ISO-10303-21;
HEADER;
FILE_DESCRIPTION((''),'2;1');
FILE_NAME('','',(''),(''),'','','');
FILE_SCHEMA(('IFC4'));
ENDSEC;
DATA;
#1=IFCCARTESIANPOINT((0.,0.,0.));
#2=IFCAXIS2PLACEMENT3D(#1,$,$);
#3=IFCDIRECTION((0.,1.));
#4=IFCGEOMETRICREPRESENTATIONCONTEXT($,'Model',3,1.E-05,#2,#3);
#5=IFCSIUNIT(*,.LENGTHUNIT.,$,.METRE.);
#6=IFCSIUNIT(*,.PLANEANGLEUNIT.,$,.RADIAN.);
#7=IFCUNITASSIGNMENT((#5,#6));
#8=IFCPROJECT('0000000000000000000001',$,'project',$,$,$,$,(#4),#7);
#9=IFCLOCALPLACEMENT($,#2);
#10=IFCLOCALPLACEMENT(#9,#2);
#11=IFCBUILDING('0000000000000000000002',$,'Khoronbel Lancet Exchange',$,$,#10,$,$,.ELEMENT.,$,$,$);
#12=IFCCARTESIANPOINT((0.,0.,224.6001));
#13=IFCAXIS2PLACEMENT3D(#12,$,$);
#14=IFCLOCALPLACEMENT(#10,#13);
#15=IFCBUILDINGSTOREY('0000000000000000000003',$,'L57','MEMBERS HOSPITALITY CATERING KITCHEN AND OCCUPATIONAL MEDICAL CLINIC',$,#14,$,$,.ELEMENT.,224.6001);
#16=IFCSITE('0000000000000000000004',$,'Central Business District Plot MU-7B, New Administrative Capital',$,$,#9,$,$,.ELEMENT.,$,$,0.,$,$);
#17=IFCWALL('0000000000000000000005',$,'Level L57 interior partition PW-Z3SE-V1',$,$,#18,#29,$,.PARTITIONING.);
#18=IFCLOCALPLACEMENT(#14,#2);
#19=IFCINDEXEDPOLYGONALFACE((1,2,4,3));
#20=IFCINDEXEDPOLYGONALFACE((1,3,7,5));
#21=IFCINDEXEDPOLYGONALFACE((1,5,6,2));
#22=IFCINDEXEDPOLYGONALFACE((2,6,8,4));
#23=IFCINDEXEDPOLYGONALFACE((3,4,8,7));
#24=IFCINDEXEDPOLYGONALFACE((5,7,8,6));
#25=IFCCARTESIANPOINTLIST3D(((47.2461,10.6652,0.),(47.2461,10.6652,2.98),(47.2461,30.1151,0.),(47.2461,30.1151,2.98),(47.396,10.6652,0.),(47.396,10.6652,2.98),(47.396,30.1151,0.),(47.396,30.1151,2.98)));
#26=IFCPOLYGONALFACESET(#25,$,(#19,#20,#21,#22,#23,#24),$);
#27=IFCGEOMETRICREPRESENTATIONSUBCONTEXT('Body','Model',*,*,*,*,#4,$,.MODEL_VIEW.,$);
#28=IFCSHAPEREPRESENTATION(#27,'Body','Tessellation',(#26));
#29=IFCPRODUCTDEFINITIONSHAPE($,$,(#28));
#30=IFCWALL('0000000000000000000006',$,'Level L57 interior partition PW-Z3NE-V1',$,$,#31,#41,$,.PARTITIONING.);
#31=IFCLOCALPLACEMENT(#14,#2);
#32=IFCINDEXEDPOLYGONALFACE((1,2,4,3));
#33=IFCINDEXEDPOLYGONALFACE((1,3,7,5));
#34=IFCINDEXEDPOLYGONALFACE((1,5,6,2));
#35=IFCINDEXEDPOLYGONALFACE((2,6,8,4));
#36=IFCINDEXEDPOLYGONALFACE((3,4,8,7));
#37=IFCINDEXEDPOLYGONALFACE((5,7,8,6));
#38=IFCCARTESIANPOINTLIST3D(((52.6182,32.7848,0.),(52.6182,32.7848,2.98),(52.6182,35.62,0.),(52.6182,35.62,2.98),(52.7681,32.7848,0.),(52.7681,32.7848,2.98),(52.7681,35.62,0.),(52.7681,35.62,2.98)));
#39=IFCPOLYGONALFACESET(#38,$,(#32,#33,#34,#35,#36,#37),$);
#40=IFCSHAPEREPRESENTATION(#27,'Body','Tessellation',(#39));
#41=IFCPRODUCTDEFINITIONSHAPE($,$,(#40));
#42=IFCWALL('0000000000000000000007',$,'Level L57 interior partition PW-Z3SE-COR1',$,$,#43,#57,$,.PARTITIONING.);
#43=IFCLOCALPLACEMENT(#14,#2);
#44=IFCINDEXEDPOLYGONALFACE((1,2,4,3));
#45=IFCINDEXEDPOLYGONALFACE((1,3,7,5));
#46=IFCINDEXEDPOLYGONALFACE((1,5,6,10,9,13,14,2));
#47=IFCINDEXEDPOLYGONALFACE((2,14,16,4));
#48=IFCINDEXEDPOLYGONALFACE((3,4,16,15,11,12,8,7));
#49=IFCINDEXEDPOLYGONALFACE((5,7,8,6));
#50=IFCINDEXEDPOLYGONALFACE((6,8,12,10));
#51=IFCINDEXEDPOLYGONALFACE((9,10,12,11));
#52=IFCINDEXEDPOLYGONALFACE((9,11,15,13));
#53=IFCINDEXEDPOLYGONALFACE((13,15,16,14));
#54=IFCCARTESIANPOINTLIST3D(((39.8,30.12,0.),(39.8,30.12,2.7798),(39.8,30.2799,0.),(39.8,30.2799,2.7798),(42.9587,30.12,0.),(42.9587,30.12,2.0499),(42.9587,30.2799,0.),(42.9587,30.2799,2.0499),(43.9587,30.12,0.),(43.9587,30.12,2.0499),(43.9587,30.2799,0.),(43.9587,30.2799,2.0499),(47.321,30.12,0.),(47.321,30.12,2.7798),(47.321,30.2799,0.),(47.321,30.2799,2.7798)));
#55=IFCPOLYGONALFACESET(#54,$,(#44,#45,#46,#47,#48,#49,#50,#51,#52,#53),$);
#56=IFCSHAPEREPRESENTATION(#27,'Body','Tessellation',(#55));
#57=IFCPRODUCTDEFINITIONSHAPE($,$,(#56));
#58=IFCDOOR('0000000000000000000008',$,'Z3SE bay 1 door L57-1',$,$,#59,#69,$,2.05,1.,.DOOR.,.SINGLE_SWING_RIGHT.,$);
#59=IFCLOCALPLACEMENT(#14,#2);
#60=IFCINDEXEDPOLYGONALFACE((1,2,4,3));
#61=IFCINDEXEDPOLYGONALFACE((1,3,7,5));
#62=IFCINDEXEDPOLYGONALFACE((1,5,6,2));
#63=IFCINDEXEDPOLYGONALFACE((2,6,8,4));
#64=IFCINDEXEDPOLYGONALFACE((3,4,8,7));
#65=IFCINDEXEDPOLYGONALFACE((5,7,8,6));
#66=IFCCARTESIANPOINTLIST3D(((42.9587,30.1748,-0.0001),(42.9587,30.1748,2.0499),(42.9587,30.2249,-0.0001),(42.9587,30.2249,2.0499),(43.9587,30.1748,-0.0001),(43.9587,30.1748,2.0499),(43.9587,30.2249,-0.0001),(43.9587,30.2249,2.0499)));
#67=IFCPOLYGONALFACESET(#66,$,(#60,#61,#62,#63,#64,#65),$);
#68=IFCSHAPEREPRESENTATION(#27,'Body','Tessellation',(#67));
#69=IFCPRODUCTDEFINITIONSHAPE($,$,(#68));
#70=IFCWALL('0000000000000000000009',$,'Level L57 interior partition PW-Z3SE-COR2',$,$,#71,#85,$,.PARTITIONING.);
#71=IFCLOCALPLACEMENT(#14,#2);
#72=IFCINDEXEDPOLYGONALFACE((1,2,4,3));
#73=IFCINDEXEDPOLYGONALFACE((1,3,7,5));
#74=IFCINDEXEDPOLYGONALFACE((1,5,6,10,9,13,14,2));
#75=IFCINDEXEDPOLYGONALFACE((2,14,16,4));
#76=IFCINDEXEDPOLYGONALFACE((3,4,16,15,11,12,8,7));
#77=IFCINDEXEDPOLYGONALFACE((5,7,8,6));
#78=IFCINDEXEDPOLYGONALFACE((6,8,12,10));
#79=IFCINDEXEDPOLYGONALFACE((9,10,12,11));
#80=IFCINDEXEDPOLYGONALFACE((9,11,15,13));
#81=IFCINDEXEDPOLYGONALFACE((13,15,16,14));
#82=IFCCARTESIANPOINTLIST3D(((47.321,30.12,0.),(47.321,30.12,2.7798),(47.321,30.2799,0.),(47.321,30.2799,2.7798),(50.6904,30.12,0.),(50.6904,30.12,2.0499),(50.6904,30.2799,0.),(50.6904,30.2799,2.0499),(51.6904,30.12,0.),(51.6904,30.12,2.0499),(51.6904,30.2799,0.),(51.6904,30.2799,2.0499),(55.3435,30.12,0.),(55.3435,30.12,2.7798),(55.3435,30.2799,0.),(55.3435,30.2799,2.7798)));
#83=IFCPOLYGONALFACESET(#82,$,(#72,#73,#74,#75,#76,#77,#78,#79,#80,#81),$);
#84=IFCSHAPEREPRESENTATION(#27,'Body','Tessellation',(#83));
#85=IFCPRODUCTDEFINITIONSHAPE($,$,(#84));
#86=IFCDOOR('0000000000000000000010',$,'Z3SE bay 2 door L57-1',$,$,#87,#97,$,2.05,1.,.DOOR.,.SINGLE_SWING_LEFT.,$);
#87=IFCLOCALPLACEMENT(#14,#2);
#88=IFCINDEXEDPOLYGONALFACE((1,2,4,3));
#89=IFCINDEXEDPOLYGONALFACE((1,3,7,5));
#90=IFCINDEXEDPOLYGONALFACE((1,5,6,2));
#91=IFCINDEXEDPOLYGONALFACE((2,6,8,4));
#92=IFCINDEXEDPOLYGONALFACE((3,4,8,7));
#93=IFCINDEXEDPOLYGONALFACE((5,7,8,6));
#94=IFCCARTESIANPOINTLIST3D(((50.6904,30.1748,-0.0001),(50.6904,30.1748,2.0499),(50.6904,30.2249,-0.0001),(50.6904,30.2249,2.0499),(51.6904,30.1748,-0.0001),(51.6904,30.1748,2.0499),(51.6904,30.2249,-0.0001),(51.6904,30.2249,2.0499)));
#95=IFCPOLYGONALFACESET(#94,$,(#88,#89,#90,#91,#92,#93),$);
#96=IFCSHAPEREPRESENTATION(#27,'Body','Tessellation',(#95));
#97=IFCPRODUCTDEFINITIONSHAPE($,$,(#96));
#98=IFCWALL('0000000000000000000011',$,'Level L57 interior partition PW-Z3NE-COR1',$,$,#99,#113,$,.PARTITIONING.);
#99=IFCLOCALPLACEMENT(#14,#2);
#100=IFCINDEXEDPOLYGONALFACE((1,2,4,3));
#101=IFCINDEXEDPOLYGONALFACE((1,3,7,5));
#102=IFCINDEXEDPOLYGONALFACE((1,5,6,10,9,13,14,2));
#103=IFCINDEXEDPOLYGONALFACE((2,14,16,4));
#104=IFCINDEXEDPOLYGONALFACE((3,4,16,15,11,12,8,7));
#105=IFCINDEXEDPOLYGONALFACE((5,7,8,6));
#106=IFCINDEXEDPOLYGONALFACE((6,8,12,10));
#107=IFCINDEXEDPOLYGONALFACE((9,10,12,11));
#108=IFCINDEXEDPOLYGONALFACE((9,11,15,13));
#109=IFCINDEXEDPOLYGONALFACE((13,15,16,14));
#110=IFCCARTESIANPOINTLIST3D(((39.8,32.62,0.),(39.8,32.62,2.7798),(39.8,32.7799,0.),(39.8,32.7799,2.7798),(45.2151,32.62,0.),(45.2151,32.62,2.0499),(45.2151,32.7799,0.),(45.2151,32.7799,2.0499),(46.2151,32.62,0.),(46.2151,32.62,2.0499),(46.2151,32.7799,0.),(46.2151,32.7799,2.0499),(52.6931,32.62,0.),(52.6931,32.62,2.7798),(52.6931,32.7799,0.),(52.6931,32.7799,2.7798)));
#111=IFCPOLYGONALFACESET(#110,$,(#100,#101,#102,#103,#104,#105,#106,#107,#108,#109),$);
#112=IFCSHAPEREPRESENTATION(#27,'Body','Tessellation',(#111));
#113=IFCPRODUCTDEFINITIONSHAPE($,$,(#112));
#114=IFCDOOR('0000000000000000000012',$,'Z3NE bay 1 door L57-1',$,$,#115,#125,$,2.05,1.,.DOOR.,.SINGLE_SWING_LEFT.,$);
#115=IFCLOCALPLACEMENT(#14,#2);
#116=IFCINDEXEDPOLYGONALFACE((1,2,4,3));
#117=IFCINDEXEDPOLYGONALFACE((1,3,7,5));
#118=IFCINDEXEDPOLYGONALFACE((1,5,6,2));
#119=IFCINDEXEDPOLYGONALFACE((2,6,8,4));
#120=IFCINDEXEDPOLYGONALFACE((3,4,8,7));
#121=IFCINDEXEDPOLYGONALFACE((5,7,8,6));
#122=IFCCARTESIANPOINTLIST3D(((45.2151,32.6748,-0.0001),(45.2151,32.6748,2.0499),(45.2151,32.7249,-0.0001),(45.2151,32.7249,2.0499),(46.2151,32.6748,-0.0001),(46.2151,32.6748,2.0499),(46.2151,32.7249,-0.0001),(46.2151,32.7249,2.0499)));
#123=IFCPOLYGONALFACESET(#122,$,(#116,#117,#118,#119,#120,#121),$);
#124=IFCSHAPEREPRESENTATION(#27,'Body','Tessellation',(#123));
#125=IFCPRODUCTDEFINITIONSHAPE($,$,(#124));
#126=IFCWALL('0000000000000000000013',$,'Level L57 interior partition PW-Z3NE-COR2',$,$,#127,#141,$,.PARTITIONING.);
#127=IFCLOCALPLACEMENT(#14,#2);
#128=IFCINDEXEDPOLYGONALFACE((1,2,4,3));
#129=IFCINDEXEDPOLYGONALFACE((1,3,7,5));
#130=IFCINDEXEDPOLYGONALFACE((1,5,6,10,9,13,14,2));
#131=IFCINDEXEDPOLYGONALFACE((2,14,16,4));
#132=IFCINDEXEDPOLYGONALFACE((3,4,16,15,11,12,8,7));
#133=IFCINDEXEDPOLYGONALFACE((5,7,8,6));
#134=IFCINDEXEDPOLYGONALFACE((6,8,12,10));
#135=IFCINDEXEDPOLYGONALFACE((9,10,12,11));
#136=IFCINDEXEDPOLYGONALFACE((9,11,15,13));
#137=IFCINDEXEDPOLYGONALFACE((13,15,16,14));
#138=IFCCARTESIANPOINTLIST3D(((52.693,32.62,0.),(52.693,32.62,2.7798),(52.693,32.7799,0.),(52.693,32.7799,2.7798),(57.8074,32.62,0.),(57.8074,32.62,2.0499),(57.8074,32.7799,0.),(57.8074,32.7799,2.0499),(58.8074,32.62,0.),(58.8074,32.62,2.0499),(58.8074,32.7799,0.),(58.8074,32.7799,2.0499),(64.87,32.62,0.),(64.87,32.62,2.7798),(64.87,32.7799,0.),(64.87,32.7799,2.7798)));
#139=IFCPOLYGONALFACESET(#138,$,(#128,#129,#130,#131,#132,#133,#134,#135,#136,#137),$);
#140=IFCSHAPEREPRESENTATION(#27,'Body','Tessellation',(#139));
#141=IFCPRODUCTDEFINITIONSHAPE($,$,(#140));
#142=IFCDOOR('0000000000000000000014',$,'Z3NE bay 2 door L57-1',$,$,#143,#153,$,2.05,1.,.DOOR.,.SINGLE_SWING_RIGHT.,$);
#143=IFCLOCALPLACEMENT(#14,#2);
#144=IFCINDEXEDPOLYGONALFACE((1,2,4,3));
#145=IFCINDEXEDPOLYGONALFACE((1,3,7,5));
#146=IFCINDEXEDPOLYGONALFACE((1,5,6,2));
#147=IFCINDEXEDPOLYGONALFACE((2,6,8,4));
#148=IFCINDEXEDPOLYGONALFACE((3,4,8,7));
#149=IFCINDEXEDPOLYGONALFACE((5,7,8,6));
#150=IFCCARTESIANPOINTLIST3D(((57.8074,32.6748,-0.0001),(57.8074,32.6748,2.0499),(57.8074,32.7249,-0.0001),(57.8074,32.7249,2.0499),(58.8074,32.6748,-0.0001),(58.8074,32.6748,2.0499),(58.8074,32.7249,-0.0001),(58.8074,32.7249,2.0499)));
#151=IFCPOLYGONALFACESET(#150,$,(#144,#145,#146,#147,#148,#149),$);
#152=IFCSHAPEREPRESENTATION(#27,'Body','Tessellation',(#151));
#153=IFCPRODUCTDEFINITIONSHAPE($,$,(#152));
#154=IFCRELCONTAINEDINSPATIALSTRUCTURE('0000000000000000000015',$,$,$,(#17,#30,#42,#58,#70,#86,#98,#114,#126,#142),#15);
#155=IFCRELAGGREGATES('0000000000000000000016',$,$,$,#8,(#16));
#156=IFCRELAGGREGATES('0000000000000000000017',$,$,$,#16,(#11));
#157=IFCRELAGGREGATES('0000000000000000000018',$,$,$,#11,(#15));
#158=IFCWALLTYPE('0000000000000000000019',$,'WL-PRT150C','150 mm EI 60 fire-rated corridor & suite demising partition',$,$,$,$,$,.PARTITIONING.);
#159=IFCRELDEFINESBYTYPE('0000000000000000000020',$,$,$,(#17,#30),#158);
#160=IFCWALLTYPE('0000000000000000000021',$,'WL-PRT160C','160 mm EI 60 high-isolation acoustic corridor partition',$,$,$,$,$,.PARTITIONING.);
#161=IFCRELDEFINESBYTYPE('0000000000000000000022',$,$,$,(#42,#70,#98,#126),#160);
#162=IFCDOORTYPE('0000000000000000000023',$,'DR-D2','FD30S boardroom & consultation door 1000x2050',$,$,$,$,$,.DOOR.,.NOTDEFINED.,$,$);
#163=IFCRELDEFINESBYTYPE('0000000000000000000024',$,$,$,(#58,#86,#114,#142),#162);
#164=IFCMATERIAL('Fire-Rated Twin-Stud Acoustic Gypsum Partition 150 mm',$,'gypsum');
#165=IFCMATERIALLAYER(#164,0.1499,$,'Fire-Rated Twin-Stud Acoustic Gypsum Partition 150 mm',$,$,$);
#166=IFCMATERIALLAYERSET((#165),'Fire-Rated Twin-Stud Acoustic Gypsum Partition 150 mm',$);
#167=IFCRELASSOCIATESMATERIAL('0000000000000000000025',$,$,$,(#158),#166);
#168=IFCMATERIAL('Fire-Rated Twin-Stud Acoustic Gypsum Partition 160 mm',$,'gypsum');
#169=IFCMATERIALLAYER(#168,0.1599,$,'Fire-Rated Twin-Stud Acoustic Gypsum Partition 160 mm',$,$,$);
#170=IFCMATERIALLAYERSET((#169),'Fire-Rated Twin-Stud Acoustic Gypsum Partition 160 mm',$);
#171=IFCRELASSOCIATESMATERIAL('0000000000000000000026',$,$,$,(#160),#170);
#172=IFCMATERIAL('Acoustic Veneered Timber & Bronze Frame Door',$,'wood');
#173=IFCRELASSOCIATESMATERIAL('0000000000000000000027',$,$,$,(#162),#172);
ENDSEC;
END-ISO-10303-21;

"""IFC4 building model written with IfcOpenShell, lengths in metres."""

from ifc_helpers import new_model, si_unit, direction, frame, frame_2d, origin, place, context, subcontext, project, spatial, rectangle, extrude, material, layer, layer_set, type_object, element, fill, save


model = new_model("IFC4")

# Units and contexts
model_context = context("Model", 3, precision=1e-05, world=origin(), true_north=direction((0.0, 1.0)))
body_context = subcontext(model_context, "Body", "Model", "MODEL_VIEW")
ifc_project = project(units=[si_unit("LENGTHUNIT", "METRE"), si_unit("PLANEANGLEUNIT", "RADIAN")], contexts=[model_context])

# Site, building, storey
site_placement = place(None, origin())
site = spatial("IfcSite", under=ifc_project, at=site_placement, Name="Central Business District Plot MU-7B, New Administrative Capital", CompositionType="ELEMENT", RefElevation=0.0)
building_placement = place(site_placement, origin())
building = spatial("IfcBuilding", under=site, at=building_placement, Name="Khoronbel Lancet Exchange", CompositionType="ELEMENT")
storey_placement = place(building_placement, frame((0.0, 0.0, 224.6001)))
storey = spatial("IfcBuildingStorey", under=building, at=storey_placement, Name="L57", Description="MEMBERS HOSPITALITY CATERING KITCHEN AND OCCUPATIONAL MEDICAL CLINIC", CompositionType="ELEMENT", Elevation=224.6001)

# Walls
ifc_material_1 = material(Name="Fire-Rated Twin-Stud Acoustic Gypsum Partition 150 mm", Category="gypsum")
ifc_layer_1 = layer(ifc_material_1, 0.1499, Name="Fire-Rated Twin-Stud Acoustic Gypsum Partition 150 mm")
ifc_layer_set_1 = layer_set([ifc_layer_1], Name="Fire-Rated Twin-Stud Acoustic Gypsum Partition 150 mm")
wall_type_1 = type_object("IfcWallType", Name="WL-PRT150C", Description="150 mm EI 60 fire-rated corridor & suite demising partition", PredefinedType="PARTITIONING", material=ifc_layer_set_1)
wall_1_placement = place(storey_placement, frame((47.321, 10.665, 0.0), z_axis=(0.0, 0.0, 1.0), x_axis=(0.0, 1.0, 0.0)))
element("IfcWall", 1, at=wall_1_placement, inside=storey, type_object=wall_type_1, Name="Level L57 interior partition PW-Z3SE-V1", PredefinedType="PARTITIONING", context=body_context, shape_type="SweptSolid", body=[
    extrude(rectangle(XDim=19.45, YDim=0.1499, at=frame_2d((9.7251, 0.0))), origin(), (0.0, 0.0, 1.0), 2.98),
])
wall_2_placement = place(storey_placement, frame((52.6931, 32.7849, 0.0), z_axis=(0.0, 0.0, 1.0), x_axis=(0.0, 1.0, 0.0)))
element("IfcWall", 2, at=wall_2_placement, inside=storey, type_object=wall_type_1, Name="Level L57 interior partition PW-Z3NE-V1", PredefinedType="PARTITIONING", context=body_context, shape_type="SweptSolid", body=[
    extrude(rectangle(XDim=2.8352, YDim=0.1499, at=frame_2d((1.4175, 0.0))), origin(), (0.0, 0.0, 1.0), 2.98),
])

# Walls, openings, doors
ifc_material_2 = material(Name="Fire-Rated Twin-Stud Acoustic Gypsum Partition 160 mm", Category="gypsum")
ifc_layer_2 = layer(ifc_material_2, 0.1599, Name="Fire-Rated Twin-Stud Acoustic Gypsum Partition 160 mm")
ifc_layer_set_2 = layer_set([ifc_layer_2], Name="Fire-Rated Twin-Stud Acoustic Gypsum Partition 160 mm")
wall_type_2 = type_object("IfcWallType", Name="WL-PRT160C", Description="160 mm EI 60 high-isolation acoustic corridor partition", PredefinedType="PARTITIONING", material=ifc_layer_set_2)
wall_3_placement = place(storey_placement, frame((39.8, 30.2, 0.0), z_axis=(0.0, 0.0, 1.0), x_axis=(1.0, 0.0, 0.0)))
wall_3 = element("IfcWall", 3, at=wall_3_placement, inside=storey, type_object=wall_type_2, Name="Level L57 interior partition PW-Z3SE-COR1", PredefinedType="PARTITIONING", context=body_context, shape_type="SweptSolid", body=[
    extrude(rectangle(XDim=7.521, YDim=0.1599, at=frame_2d((3.7605, 0.0))), origin(), (0.0, 0.0, 1.0), 2.7798),
])
opening_1_placement = place(wall_3_placement, frame((3.1587, 0.0, 0.0)))
opening_1 = element("IfcOpeningElement", 4, at=opening_1_placement, cuts=wall_3, PredefinedType="OPENING", context=body_context, shape_type="SweptSolid", body=[
    extrude(rectangle(XDim=1.0, YDim=2.05, at=frame_2d((0.5, 1.0249))), frame((0.0, 0.0898, 0.0), z_axis=(0.0, -1.0, 0.0), x_axis=(1.0, 0.0, 0.0)), (0.0, 0.0, 1.0), 0.1799),
])
ifc_material_3 = material(Name="Acoustic Veneered Timber & Bronze Frame Door", Category="wood")
door_type_1 = type_object("IfcDoorType", Name="DR-D2", Description="FD30S boardroom & consultation door 1000x2050", OperationType="NOTDEFINED", PredefinedType="DOOR", material=ifc_material_3)
door_1_placement = place(opening_1_placement, origin())
door_1 = element("IfcDoor", 5, at=door_1_placement, inside=storey, type_object=door_type_1, Name="Z3SE bay 1 door L57-1", OperationType="SINGLE_SWING_RIGHT", OverallHeight=2.05, OverallWidth=1.0, PredefinedType="DOOR", context=body_context, shape_type="SweptSolid", body=[
    extrude(rectangle(XDim=1.0, YDim=2.05, at=frame_2d((0.5, 1.0249))), frame((0.0, 0.0249, 0.0), z_axis=(0.0, -1.0, 0.0), x_axis=(1.0, 0.0, 0.0)), (0.0, 0.0, 1.0), 0.05),
])
fill(opening_1, door_1)
wall_4_placement = place(storey_placement, frame((47.321, 30.2, 0.0), z_axis=(0.0, 0.0, 1.0), x_axis=(1.0, 0.0, 0.0)))
wall_4 = element("IfcWall", 6, at=wall_4_placement, inside=storey, type_object=wall_type_2, Name="Level L57 interior partition PW-Z3SE-COR2", PredefinedType="PARTITIONING", context=body_context, shape_type="SweptSolid", body=[
    extrude(rectangle(XDim=8.0225, YDim=0.1599, at=frame_2d((4.0112, 0.0))), origin(), (0.0, 0.0, 1.0), 2.7798),
])
opening_2_placement = place(wall_4_placement, frame((3.3694, 0.0, 0.0)))
opening_2 = element("IfcOpeningElement", 7, at=opening_2_placement, cuts=wall_4, PredefinedType="OPENING", context=body_context, shape_type="SweptSolid", body=[
    extrude(rectangle(XDim=1.0, YDim=2.05, at=frame_2d((0.5, 1.0249))), frame((0.0, 0.0898, 0.0), z_axis=(0.0, -1.0, 0.0), x_axis=(1.0, 0.0, 0.0)), (0.0, 0.0, 1.0), 0.1799),
])
door_2_placement = place(opening_2_placement, origin())
door_2 = element("IfcDoor", 8, at=door_2_placement, inside=storey, type_object=door_type_1, Name="Z3SE bay 2 door L57-1", OperationType="SINGLE_SWING_LEFT", OverallHeight=2.05, OverallWidth=1.0, PredefinedType="DOOR", context=body_context, shape_type="SweptSolid", body=[
    extrude(rectangle(XDim=1.0, YDim=2.05, at=frame_2d((0.5, 1.0249))), frame((0.0, 0.0249, 0.0), z_axis=(0.0, -1.0, 0.0), x_axis=(1.0, 0.0, 0.0)), (0.0, 0.0, 1.0), 0.05),
])
fill(opening_2, door_2)
wall_5_placement = place(storey_placement, frame((39.8, 32.7, 0.0), z_axis=(0.0, 0.0, 1.0), x_axis=(1.0, 0.0, 0.0)))
wall_5 = element("IfcWall", 9, at=wall_5_placement, inside=storey, type_object=wall_type_2, Name="Level L57 interior partition PW-Z3NE-COR1", PredefinedType="PARTITIONING", context=body_context, shape_type="SweptSolid", body=[
    extrude(rectangle(XDim=12.8931, YDim=0.1599, at=frame_2d((6.4465, 0.0))), origin(), (0.0, 0.0, 1.0), 2.7798),
])
opening_3_placement = place(wall_5_placement, frame((5.415, 0.0, 0.0)))
opening_3 = element("IfcOpeningElement", 10, at=opening_3_placement, cuts=wall_5, PredefinedType="OPENING", context=body_context, shape_type="SweptSolid", body=[
    extrude(rectangle(XDim=1.0, YDim=2.05, at=frame_2d((0.5, 1.0249))), frame((0.0, 0.0898, 0.0), z_axis=(0.0, -1.0, 0.0), x_axis=(1.0, 0.0, 0.0)), (0.0, 0.0, 1.0), 0.1799),
])
door_3_placement = place(opening_3_placement, origin())
door_3 = element("IfcDoor", 11, at=door_3_placement, inside=storey, type_object=door_type_1, Name="Z3NE bay 1 door L57-1", OperationType="SINGLE_SWING_LEFT", OverallHeight=2.05, OverallWidth=1.0, PredefinedType="DOOR", context=body_context, shape_type="SweptSolid", body=[
    extrude(rectangle(XDim=1.0, YDim=2.05, at=frame_2d((0.5, 1.0249))), frame((0.0, 0.0249, 0.0), z_axis=(0.0, -1.0, 0.0), x_axis=(1.0, 0.0, 0.0)), (0.0, 0.0, 1.0), 0.05),
])
fill(opening_3, door_3)
wall_6_placement = place(storey_placement, frame((52.6931, 32.7, 0.0), z_axis=(0.0, 0.0, 1.0), x_axis=(1.0, 0.0, 0.0)))
wall_6 = element("IfcWall", 12, at=wall_6_placement, inside=storey, type_object=wall_type_2, Name="Level L57 interior partition PW-Z3NE-COR2", PredefinedType="PARTITIONING", context=body_context, shape_type="SweptSolid", body=[
    extrude(rectangle(XDim=12.177, YDim=0.1599, at=frame_2d((6.0884, 0.0))), origin(), (0.0, 0.0, 1.0), 2.7798),
])
opening_4_placement = place(wall_6_placement, frame((5.1143, 0.0, 0.0)))
opening_4 = element("IfcOpeningElement", 13, at=opening_4_placement, cuts=wall_6, PredefinedType="OPENING", context=body_context, shape_type="SweptSolid", body=[
    extrude(rectangle(XDim=1.0, YDim=2.05, at=frame_2d((0.5, 1.0249))), frame((0.0, 0.0898, 0.0), z_axis=(0.0, -1.0, 0.0), x_axis=(1.0, 0.0, 0.0)), (0.0, 0.0, 1.0), 0.1799),
])
door_4_placement = place(opening_4_placement, origin())
door_4 = element("IfcDoor", 14, at=door_4_placement, inside=storey, type_object=door_type_1, Name="Z3NE bay 2 door L57-1", OperationType="SINGLE_SWING_RIGHT", OverallHeight=2.05, OverallWidth=1.0, PredefinedType="DOOR", context=body_context, shape_type="SweptSolid", body=[
    extrude(rectangle(XDim=1.0, YDim=2.05, at=frame_2d((0.5, 1.0249))), frame((0.0, 0.0249, 0.0), z_axis=(0.0, -1.0, 0.0), x_axis=(1.0, 0.0, 0.0)), (0.0, 0.0, 1.0), 0.05),
])
fill(opening_4, door_4)

save(model, "model.ifc")
